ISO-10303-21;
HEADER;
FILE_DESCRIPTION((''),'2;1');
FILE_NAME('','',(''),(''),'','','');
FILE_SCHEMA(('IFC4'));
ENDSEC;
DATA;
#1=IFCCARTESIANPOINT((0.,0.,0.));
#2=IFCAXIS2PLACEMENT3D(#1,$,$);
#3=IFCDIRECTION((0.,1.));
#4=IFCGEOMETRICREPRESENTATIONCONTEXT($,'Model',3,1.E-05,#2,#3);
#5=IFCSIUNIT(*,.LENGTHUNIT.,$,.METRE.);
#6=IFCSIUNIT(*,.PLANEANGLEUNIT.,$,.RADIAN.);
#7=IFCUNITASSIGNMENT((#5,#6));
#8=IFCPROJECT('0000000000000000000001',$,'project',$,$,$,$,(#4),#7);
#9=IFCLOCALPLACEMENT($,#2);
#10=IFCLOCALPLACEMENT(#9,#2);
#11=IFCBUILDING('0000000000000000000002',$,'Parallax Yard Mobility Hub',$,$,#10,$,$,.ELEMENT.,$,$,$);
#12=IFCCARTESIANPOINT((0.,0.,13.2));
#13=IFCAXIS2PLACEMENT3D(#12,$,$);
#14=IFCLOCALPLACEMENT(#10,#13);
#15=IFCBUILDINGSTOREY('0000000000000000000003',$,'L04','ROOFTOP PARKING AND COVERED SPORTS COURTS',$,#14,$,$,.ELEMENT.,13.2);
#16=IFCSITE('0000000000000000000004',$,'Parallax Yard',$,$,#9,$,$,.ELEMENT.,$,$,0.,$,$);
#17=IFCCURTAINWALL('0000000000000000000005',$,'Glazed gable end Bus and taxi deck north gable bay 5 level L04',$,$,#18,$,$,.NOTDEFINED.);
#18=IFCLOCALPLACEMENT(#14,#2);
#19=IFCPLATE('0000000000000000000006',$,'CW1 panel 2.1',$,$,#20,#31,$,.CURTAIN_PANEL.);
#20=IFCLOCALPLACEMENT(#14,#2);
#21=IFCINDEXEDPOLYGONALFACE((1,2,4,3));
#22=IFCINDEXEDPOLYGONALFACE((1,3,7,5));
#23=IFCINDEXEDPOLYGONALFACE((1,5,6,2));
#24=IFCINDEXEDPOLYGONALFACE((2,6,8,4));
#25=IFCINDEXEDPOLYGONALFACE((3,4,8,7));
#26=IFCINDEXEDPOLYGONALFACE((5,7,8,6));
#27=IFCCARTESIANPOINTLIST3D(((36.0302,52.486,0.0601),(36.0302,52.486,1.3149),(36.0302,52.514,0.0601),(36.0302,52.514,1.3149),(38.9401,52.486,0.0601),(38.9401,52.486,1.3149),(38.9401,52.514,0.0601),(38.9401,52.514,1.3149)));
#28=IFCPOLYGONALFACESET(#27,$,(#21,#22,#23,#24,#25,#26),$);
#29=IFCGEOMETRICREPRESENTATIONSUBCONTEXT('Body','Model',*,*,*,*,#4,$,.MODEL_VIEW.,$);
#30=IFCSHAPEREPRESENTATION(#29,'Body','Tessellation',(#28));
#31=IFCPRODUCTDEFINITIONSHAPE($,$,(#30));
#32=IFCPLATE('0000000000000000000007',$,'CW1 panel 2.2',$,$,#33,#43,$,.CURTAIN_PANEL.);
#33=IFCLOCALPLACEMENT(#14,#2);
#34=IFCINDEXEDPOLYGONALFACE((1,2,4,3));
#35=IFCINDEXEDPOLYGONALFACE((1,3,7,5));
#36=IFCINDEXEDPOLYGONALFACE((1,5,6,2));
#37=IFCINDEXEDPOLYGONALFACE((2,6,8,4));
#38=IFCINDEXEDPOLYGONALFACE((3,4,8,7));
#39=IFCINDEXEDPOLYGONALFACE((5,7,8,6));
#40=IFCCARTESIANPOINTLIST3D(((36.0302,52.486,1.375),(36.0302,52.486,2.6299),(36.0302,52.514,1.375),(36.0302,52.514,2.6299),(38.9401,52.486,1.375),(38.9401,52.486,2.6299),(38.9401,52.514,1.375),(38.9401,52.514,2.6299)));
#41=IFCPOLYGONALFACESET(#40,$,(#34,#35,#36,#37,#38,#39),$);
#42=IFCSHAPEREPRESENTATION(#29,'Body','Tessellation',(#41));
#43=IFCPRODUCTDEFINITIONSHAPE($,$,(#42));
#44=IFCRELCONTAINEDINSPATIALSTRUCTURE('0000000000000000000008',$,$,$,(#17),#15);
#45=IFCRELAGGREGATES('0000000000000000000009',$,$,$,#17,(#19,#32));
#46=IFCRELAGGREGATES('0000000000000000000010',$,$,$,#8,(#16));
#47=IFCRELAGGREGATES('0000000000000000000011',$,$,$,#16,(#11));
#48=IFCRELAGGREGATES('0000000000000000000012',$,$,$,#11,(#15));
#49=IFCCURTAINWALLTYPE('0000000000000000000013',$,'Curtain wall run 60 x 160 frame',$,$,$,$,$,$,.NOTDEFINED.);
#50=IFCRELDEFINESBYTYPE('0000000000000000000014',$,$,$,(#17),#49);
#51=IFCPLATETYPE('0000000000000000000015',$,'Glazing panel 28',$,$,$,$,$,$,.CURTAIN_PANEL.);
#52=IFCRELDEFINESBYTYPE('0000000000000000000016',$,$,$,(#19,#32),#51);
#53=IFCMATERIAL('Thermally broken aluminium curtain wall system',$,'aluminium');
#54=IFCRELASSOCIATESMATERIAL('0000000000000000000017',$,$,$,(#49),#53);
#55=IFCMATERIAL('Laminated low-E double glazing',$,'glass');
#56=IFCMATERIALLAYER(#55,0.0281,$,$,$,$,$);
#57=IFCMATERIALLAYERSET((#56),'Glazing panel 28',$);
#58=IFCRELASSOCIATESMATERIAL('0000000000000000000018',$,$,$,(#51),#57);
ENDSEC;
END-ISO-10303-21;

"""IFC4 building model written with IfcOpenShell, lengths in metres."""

from ifc_helpers import new_model, si_unit, direction, frame, origin, origin_2d, place, context, subcontext, project, spatial, rectangle, extrude, material, layer, layer_set, type_object, element, aggregate, save


model = new_model("IFC4")

# Units and contexts
model_context = context("Model", 3, precision=1e-05, world=origin(), true_north=direction((0.0, 1.0)))
body_context = subcontext(model_context, "Body", "Model", "MODEL_VIEW")
ifc_project = project(units=[si_unit("LENGTHUNIT", "METRE"), si_unit("PLANEANGLEUNIT", "RADIAN")], contexts=[model_context])

# Site, building, storey
site_placement = place(None, origin())
site = spatial("IfcSite", under=ifc_project, at=site_placement, Name="Parallax Yard", CompositionType="ELEMENT", RefElevation=0.0)
building_placement = place(site_placement, origin())
building = spatial("IfcBuilding", under=site, at=building_placement, Name="Parallax Yard Mobility Hub", CompositionType="ELEMENT")
storey_placement = place(building_placement, frame((0.0, 0.0, 13.2)))
storey = spatial("IfcBuildingStorey", under=building, at=storey_placement, Name="L04", Description="ROOFTOP PARKING AND COVERED SPORTS COURTS", CompositionType="ELEMENT", Elevation=13.2)

# Curtain wall
ifc_material_1 = material(Name="Thermally broken aluminium curtain wall system", Category="aluminium")
curtain_wall_type = type_object("IfcCurtainWallType", Name="Curtain wall run 60 x 160 frame", PredefinedType="NOTDEFINED", material=ifc_material_1)
curtain_wall_1_placement = place(storey_placement, origin())
curtain_wall_1 = element("IfcCurtainWall", 1, at=curtain_wall_1_placement, inside=storey, type_object=curtain_wall_type, Name="Glazed gable end Bus and taxi deck north gable bay 5 level L04", PredefinedType="NOTDEFINED")

# Plates
ifc_material_2 = material(Name="Laminated low-E double glazing", Category="glass")
ifc_layer = layer(ifc_material_2, 0.0281)
ifc_layer_set = layer_set([ifc_layer], Name="Glazing panel 28")
plate_type = type_object("IfcPlateType", Name="Glazing panel 28", PredefinedType="CURTAIN_PANEL", material=ifc_layer_set)
plate_1_placement = place(storey_placement, frame((37.4851, 52.5, 0.0601), z_axis=(0.0, 0.0, 1.0), x_axis=(1.0, 0.0, 0.0)))
plate_1 = element("IfcPlate", 2, at=plate_1_placement, type_object=plate_type, Name="CW1 panel 2.1", PredefinedType="CURTAIN_PANEL", context=body_context, shape_type="SweptSolid", body=[
    extrude(rectangle(XDim=2.9099, YDim=0.0281, at=origin_2d()), origin(), (0.0, 0.0, 1.0), 1.2549),
])
plate_2_placement = place(storey_placement, frame((37.4851, 52.5, 1.375), z_axis=(0.0, 0.0, 1.0), x_axis=(1.0, 0.0, 0.0)))
plate_2 = element("IfcPlate", 3, at=plate_2_placement, type_object=plate_type, Name="CW1 panel 2.2", PredefinedType="CURTAIN_PANEL", context=body_context, shape_type="SweptSolid", body=[
    extrude(rectangle(XDim=2.9099, YDim=0.0281, at=origin_2d()), origin(), (0.0, 0.0, 1.0), 1.2549),
])
aggregate(curtain_wall_1, [plate_1, plate_2])

save(model, "model.ifc")
